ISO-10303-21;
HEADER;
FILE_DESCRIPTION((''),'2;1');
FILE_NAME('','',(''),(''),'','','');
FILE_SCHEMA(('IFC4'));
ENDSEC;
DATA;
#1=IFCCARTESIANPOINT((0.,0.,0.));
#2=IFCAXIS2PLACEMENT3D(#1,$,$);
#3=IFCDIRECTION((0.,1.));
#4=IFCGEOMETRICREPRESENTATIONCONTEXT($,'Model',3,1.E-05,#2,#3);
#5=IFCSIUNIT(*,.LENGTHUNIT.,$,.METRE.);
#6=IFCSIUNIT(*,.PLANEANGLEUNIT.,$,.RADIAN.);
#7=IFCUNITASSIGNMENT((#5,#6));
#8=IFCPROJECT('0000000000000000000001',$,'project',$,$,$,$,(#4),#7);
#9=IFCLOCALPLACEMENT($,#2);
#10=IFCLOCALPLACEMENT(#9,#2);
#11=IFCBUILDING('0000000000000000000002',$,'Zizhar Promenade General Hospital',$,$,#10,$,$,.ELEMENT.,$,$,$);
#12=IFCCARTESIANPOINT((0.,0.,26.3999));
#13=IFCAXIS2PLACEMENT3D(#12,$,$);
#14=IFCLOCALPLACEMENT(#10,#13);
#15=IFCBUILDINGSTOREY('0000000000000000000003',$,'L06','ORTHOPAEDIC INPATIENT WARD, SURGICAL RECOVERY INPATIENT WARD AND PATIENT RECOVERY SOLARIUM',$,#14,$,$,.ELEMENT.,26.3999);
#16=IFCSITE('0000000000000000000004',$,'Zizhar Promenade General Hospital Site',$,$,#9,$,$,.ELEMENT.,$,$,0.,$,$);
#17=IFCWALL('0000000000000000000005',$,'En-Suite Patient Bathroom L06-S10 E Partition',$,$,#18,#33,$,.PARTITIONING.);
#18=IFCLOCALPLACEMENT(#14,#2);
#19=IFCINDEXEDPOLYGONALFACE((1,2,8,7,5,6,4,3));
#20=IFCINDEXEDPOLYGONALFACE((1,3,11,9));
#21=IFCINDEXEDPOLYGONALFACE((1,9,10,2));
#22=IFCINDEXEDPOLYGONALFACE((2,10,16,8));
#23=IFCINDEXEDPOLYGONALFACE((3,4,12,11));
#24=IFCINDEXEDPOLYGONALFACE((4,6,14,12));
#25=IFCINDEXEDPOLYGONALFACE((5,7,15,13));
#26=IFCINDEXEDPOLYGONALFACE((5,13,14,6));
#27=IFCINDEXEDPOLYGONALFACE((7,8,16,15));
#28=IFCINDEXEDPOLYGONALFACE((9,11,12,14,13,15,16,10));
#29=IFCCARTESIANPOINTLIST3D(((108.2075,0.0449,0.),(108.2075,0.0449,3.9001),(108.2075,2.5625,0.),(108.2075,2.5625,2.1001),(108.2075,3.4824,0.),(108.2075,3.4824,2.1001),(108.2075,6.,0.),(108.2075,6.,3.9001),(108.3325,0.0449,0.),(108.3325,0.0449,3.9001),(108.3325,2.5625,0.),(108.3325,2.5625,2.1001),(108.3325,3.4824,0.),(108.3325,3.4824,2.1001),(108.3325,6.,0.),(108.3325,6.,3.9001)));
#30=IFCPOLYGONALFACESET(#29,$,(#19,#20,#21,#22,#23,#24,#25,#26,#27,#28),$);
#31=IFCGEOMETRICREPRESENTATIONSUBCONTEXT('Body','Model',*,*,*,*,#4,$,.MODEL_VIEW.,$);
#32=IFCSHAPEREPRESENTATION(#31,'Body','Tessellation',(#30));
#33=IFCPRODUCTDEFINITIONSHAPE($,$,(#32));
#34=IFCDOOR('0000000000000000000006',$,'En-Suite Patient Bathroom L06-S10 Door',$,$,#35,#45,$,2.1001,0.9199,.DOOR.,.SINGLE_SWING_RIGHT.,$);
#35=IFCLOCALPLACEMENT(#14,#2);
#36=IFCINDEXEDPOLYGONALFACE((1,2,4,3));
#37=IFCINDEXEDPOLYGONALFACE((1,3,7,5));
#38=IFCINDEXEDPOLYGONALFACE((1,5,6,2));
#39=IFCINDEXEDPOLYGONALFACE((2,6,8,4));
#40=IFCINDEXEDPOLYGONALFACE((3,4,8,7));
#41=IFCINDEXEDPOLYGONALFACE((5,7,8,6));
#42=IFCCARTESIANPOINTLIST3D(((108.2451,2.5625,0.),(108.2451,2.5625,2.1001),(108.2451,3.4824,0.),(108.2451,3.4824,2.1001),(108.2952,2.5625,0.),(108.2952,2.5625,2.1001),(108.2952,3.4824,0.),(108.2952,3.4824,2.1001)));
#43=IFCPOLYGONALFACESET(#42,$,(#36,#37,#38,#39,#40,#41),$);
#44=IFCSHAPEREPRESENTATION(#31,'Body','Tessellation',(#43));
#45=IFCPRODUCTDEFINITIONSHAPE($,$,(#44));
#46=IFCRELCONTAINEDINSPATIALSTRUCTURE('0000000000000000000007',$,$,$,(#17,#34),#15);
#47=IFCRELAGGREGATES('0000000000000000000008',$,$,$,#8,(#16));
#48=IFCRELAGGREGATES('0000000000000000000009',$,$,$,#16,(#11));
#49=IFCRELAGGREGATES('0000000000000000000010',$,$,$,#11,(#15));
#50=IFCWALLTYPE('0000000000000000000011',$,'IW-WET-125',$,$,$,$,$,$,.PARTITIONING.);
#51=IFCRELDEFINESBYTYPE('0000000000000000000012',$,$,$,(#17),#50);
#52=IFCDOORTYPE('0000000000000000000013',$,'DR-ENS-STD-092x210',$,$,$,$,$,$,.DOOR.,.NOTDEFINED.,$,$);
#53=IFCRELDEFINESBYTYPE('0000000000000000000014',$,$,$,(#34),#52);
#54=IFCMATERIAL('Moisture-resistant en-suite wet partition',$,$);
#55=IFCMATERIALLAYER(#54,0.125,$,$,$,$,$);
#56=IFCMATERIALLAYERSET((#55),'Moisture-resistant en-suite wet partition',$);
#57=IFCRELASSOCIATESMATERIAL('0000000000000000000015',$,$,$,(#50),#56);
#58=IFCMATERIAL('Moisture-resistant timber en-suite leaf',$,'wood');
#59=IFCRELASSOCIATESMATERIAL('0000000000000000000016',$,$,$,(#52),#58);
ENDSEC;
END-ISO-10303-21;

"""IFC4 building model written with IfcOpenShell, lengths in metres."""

from ifc_helpers import new_model, si_unit, direction, frame, frame_2d, origin, place, context, subcontext, project, spatial, rectangle, extrude, material, layer, layer_set, type_object, element, fill, save


model = new_model("IFC4")

# Units and contexts
model_context = context("Model", 3, precision=1e-05, world=origin(), true_north=direction((0.0, 1.0)))
body_context = subcontext(model_context, "Body", "Model", "MODEL_VIEW")
ifc_project = project(units=[si_unit("LENGTHUNIT", "METRE"), si_unit("PLANEANGLEUNIT", "RADIAN")], contexts=[model_context])

# Site, building, storey
site_placement = place(None, origin())
site = spatial("IfcSite", under=ifc_project, at=site_placement, Name="Zizhar Promenade General Hospital Site", CompositionType="ELEMENT", RefElevation=0.0)
building_placement = place(site_placement, origin())
building = spatial("IfcBuilding", under=site, at=building_placement, Name="Zizhar Promenade General Hospital", CompositionType="ELEMENT")
storey_placement = place(building_placement, frame((0.0, 0.0, 26.3999)))
storey = spatial("IfcBuildingStorey", under=building, at=storey_placement, Name="L06", Description="ORTHOPAEDIC INPATIENT WARD, SURGICAL RECOVERY INPATIENT WARD AND PATIENT RECOVERY SOLARIUM", CompositionType="ELEMENT", Elevation=26.3999)

# Shared definitions
ifc_material_1 = material(Name="Moisture-resistant en-suite wet partition")
ifc_layer_1 = layer(ifc_material_1, 0.125)
ifc_layer_set_1 = layer_set([ifc_layer_1], Name="Moisture-resistant en-suite wet partition")
wall_type = type_object("IfcWallType", Name="IW-WET-125", PredefinedType="PARTITIONING", material=ifc_layer_set_1)

# Wall, opening, door
wall_1_placement = place(storey_placement, frame((108.27, 0.0449, 0.0), z_axis=(0.0, 0.0, 1.0), x_axis=(0.0, 1.0, 0.0)))
wall_1 = element("IfcWall", 1, at=wall_1_placement, inside=storey, type_object=wall_type, Name="En-Suite Patient Bathroom L06-S10 E Partition", PredefinedType="PARTITIONING", context=body_context, shape_type="SweptSolid", body=[
    extrude(rectangle(XDim=5.9551, YDim=0.125, at=frame_2d((2.9775, 0.0))), origin(), (0.0, 0.0, 1.0), 3.9001),
])
opening_placement = place(wall_1_placement, frame((2.5176, 0.0, 0.0)))
opening = element("IfcOpeningElement", 2, at=opening_placement, cuts=wall_1, PredefinedType="OPENING", context=body_context, shape_type="SweptSolid", body=[
    extrude(rectangle(XDim=0.9199, YDim=2.1001, at=frame_2d((0.46, 1.05))), frame((0.0, 0.0725, 0.0), z_axis=(0.0, -1.0, 0.0), x_axis=(1.0, 0.0, 0.0)), (0.0, 0.0, 1.0), 0.145),
])
ifc_material_2 = material(Name="Moisture-resistant timber en-suite leaf", Category="wood")
door_type = type_object("IfcDoorType", Name="DR-ENS-STD-092x210", OperationType="NOTDEFINED", PredefinedType="DOOR", material=ifc_material_2)
door_placement = place(opening_placement, origin())
door = element("IfcDoor", 3, at=door_placement, inside=storey, type_object=door_type, Name="En-Suite Patient Bathroom L06-S10 Door", OperationType="SINGLE_SWING_RIGHT", OverallHeight=2.1001, OverallWidth=0.9199, PredefinedType="DOOR", context=body_context, shape_type="SweptSolid", body=[
    extrude(rectangle(XDim=0.9199, YDim=2.1001, at=frame_2d((0.46, 1.05))), frame((0.0, 0.0249, 0.0), z_axis=(0.0, -1.0, 0.0), x_axis=(1.0, 0.0, 0.0)), (0.0, 0.0, 1.0), 0.05),
])
fill(opening, door)

save(model, "model.ifc")
